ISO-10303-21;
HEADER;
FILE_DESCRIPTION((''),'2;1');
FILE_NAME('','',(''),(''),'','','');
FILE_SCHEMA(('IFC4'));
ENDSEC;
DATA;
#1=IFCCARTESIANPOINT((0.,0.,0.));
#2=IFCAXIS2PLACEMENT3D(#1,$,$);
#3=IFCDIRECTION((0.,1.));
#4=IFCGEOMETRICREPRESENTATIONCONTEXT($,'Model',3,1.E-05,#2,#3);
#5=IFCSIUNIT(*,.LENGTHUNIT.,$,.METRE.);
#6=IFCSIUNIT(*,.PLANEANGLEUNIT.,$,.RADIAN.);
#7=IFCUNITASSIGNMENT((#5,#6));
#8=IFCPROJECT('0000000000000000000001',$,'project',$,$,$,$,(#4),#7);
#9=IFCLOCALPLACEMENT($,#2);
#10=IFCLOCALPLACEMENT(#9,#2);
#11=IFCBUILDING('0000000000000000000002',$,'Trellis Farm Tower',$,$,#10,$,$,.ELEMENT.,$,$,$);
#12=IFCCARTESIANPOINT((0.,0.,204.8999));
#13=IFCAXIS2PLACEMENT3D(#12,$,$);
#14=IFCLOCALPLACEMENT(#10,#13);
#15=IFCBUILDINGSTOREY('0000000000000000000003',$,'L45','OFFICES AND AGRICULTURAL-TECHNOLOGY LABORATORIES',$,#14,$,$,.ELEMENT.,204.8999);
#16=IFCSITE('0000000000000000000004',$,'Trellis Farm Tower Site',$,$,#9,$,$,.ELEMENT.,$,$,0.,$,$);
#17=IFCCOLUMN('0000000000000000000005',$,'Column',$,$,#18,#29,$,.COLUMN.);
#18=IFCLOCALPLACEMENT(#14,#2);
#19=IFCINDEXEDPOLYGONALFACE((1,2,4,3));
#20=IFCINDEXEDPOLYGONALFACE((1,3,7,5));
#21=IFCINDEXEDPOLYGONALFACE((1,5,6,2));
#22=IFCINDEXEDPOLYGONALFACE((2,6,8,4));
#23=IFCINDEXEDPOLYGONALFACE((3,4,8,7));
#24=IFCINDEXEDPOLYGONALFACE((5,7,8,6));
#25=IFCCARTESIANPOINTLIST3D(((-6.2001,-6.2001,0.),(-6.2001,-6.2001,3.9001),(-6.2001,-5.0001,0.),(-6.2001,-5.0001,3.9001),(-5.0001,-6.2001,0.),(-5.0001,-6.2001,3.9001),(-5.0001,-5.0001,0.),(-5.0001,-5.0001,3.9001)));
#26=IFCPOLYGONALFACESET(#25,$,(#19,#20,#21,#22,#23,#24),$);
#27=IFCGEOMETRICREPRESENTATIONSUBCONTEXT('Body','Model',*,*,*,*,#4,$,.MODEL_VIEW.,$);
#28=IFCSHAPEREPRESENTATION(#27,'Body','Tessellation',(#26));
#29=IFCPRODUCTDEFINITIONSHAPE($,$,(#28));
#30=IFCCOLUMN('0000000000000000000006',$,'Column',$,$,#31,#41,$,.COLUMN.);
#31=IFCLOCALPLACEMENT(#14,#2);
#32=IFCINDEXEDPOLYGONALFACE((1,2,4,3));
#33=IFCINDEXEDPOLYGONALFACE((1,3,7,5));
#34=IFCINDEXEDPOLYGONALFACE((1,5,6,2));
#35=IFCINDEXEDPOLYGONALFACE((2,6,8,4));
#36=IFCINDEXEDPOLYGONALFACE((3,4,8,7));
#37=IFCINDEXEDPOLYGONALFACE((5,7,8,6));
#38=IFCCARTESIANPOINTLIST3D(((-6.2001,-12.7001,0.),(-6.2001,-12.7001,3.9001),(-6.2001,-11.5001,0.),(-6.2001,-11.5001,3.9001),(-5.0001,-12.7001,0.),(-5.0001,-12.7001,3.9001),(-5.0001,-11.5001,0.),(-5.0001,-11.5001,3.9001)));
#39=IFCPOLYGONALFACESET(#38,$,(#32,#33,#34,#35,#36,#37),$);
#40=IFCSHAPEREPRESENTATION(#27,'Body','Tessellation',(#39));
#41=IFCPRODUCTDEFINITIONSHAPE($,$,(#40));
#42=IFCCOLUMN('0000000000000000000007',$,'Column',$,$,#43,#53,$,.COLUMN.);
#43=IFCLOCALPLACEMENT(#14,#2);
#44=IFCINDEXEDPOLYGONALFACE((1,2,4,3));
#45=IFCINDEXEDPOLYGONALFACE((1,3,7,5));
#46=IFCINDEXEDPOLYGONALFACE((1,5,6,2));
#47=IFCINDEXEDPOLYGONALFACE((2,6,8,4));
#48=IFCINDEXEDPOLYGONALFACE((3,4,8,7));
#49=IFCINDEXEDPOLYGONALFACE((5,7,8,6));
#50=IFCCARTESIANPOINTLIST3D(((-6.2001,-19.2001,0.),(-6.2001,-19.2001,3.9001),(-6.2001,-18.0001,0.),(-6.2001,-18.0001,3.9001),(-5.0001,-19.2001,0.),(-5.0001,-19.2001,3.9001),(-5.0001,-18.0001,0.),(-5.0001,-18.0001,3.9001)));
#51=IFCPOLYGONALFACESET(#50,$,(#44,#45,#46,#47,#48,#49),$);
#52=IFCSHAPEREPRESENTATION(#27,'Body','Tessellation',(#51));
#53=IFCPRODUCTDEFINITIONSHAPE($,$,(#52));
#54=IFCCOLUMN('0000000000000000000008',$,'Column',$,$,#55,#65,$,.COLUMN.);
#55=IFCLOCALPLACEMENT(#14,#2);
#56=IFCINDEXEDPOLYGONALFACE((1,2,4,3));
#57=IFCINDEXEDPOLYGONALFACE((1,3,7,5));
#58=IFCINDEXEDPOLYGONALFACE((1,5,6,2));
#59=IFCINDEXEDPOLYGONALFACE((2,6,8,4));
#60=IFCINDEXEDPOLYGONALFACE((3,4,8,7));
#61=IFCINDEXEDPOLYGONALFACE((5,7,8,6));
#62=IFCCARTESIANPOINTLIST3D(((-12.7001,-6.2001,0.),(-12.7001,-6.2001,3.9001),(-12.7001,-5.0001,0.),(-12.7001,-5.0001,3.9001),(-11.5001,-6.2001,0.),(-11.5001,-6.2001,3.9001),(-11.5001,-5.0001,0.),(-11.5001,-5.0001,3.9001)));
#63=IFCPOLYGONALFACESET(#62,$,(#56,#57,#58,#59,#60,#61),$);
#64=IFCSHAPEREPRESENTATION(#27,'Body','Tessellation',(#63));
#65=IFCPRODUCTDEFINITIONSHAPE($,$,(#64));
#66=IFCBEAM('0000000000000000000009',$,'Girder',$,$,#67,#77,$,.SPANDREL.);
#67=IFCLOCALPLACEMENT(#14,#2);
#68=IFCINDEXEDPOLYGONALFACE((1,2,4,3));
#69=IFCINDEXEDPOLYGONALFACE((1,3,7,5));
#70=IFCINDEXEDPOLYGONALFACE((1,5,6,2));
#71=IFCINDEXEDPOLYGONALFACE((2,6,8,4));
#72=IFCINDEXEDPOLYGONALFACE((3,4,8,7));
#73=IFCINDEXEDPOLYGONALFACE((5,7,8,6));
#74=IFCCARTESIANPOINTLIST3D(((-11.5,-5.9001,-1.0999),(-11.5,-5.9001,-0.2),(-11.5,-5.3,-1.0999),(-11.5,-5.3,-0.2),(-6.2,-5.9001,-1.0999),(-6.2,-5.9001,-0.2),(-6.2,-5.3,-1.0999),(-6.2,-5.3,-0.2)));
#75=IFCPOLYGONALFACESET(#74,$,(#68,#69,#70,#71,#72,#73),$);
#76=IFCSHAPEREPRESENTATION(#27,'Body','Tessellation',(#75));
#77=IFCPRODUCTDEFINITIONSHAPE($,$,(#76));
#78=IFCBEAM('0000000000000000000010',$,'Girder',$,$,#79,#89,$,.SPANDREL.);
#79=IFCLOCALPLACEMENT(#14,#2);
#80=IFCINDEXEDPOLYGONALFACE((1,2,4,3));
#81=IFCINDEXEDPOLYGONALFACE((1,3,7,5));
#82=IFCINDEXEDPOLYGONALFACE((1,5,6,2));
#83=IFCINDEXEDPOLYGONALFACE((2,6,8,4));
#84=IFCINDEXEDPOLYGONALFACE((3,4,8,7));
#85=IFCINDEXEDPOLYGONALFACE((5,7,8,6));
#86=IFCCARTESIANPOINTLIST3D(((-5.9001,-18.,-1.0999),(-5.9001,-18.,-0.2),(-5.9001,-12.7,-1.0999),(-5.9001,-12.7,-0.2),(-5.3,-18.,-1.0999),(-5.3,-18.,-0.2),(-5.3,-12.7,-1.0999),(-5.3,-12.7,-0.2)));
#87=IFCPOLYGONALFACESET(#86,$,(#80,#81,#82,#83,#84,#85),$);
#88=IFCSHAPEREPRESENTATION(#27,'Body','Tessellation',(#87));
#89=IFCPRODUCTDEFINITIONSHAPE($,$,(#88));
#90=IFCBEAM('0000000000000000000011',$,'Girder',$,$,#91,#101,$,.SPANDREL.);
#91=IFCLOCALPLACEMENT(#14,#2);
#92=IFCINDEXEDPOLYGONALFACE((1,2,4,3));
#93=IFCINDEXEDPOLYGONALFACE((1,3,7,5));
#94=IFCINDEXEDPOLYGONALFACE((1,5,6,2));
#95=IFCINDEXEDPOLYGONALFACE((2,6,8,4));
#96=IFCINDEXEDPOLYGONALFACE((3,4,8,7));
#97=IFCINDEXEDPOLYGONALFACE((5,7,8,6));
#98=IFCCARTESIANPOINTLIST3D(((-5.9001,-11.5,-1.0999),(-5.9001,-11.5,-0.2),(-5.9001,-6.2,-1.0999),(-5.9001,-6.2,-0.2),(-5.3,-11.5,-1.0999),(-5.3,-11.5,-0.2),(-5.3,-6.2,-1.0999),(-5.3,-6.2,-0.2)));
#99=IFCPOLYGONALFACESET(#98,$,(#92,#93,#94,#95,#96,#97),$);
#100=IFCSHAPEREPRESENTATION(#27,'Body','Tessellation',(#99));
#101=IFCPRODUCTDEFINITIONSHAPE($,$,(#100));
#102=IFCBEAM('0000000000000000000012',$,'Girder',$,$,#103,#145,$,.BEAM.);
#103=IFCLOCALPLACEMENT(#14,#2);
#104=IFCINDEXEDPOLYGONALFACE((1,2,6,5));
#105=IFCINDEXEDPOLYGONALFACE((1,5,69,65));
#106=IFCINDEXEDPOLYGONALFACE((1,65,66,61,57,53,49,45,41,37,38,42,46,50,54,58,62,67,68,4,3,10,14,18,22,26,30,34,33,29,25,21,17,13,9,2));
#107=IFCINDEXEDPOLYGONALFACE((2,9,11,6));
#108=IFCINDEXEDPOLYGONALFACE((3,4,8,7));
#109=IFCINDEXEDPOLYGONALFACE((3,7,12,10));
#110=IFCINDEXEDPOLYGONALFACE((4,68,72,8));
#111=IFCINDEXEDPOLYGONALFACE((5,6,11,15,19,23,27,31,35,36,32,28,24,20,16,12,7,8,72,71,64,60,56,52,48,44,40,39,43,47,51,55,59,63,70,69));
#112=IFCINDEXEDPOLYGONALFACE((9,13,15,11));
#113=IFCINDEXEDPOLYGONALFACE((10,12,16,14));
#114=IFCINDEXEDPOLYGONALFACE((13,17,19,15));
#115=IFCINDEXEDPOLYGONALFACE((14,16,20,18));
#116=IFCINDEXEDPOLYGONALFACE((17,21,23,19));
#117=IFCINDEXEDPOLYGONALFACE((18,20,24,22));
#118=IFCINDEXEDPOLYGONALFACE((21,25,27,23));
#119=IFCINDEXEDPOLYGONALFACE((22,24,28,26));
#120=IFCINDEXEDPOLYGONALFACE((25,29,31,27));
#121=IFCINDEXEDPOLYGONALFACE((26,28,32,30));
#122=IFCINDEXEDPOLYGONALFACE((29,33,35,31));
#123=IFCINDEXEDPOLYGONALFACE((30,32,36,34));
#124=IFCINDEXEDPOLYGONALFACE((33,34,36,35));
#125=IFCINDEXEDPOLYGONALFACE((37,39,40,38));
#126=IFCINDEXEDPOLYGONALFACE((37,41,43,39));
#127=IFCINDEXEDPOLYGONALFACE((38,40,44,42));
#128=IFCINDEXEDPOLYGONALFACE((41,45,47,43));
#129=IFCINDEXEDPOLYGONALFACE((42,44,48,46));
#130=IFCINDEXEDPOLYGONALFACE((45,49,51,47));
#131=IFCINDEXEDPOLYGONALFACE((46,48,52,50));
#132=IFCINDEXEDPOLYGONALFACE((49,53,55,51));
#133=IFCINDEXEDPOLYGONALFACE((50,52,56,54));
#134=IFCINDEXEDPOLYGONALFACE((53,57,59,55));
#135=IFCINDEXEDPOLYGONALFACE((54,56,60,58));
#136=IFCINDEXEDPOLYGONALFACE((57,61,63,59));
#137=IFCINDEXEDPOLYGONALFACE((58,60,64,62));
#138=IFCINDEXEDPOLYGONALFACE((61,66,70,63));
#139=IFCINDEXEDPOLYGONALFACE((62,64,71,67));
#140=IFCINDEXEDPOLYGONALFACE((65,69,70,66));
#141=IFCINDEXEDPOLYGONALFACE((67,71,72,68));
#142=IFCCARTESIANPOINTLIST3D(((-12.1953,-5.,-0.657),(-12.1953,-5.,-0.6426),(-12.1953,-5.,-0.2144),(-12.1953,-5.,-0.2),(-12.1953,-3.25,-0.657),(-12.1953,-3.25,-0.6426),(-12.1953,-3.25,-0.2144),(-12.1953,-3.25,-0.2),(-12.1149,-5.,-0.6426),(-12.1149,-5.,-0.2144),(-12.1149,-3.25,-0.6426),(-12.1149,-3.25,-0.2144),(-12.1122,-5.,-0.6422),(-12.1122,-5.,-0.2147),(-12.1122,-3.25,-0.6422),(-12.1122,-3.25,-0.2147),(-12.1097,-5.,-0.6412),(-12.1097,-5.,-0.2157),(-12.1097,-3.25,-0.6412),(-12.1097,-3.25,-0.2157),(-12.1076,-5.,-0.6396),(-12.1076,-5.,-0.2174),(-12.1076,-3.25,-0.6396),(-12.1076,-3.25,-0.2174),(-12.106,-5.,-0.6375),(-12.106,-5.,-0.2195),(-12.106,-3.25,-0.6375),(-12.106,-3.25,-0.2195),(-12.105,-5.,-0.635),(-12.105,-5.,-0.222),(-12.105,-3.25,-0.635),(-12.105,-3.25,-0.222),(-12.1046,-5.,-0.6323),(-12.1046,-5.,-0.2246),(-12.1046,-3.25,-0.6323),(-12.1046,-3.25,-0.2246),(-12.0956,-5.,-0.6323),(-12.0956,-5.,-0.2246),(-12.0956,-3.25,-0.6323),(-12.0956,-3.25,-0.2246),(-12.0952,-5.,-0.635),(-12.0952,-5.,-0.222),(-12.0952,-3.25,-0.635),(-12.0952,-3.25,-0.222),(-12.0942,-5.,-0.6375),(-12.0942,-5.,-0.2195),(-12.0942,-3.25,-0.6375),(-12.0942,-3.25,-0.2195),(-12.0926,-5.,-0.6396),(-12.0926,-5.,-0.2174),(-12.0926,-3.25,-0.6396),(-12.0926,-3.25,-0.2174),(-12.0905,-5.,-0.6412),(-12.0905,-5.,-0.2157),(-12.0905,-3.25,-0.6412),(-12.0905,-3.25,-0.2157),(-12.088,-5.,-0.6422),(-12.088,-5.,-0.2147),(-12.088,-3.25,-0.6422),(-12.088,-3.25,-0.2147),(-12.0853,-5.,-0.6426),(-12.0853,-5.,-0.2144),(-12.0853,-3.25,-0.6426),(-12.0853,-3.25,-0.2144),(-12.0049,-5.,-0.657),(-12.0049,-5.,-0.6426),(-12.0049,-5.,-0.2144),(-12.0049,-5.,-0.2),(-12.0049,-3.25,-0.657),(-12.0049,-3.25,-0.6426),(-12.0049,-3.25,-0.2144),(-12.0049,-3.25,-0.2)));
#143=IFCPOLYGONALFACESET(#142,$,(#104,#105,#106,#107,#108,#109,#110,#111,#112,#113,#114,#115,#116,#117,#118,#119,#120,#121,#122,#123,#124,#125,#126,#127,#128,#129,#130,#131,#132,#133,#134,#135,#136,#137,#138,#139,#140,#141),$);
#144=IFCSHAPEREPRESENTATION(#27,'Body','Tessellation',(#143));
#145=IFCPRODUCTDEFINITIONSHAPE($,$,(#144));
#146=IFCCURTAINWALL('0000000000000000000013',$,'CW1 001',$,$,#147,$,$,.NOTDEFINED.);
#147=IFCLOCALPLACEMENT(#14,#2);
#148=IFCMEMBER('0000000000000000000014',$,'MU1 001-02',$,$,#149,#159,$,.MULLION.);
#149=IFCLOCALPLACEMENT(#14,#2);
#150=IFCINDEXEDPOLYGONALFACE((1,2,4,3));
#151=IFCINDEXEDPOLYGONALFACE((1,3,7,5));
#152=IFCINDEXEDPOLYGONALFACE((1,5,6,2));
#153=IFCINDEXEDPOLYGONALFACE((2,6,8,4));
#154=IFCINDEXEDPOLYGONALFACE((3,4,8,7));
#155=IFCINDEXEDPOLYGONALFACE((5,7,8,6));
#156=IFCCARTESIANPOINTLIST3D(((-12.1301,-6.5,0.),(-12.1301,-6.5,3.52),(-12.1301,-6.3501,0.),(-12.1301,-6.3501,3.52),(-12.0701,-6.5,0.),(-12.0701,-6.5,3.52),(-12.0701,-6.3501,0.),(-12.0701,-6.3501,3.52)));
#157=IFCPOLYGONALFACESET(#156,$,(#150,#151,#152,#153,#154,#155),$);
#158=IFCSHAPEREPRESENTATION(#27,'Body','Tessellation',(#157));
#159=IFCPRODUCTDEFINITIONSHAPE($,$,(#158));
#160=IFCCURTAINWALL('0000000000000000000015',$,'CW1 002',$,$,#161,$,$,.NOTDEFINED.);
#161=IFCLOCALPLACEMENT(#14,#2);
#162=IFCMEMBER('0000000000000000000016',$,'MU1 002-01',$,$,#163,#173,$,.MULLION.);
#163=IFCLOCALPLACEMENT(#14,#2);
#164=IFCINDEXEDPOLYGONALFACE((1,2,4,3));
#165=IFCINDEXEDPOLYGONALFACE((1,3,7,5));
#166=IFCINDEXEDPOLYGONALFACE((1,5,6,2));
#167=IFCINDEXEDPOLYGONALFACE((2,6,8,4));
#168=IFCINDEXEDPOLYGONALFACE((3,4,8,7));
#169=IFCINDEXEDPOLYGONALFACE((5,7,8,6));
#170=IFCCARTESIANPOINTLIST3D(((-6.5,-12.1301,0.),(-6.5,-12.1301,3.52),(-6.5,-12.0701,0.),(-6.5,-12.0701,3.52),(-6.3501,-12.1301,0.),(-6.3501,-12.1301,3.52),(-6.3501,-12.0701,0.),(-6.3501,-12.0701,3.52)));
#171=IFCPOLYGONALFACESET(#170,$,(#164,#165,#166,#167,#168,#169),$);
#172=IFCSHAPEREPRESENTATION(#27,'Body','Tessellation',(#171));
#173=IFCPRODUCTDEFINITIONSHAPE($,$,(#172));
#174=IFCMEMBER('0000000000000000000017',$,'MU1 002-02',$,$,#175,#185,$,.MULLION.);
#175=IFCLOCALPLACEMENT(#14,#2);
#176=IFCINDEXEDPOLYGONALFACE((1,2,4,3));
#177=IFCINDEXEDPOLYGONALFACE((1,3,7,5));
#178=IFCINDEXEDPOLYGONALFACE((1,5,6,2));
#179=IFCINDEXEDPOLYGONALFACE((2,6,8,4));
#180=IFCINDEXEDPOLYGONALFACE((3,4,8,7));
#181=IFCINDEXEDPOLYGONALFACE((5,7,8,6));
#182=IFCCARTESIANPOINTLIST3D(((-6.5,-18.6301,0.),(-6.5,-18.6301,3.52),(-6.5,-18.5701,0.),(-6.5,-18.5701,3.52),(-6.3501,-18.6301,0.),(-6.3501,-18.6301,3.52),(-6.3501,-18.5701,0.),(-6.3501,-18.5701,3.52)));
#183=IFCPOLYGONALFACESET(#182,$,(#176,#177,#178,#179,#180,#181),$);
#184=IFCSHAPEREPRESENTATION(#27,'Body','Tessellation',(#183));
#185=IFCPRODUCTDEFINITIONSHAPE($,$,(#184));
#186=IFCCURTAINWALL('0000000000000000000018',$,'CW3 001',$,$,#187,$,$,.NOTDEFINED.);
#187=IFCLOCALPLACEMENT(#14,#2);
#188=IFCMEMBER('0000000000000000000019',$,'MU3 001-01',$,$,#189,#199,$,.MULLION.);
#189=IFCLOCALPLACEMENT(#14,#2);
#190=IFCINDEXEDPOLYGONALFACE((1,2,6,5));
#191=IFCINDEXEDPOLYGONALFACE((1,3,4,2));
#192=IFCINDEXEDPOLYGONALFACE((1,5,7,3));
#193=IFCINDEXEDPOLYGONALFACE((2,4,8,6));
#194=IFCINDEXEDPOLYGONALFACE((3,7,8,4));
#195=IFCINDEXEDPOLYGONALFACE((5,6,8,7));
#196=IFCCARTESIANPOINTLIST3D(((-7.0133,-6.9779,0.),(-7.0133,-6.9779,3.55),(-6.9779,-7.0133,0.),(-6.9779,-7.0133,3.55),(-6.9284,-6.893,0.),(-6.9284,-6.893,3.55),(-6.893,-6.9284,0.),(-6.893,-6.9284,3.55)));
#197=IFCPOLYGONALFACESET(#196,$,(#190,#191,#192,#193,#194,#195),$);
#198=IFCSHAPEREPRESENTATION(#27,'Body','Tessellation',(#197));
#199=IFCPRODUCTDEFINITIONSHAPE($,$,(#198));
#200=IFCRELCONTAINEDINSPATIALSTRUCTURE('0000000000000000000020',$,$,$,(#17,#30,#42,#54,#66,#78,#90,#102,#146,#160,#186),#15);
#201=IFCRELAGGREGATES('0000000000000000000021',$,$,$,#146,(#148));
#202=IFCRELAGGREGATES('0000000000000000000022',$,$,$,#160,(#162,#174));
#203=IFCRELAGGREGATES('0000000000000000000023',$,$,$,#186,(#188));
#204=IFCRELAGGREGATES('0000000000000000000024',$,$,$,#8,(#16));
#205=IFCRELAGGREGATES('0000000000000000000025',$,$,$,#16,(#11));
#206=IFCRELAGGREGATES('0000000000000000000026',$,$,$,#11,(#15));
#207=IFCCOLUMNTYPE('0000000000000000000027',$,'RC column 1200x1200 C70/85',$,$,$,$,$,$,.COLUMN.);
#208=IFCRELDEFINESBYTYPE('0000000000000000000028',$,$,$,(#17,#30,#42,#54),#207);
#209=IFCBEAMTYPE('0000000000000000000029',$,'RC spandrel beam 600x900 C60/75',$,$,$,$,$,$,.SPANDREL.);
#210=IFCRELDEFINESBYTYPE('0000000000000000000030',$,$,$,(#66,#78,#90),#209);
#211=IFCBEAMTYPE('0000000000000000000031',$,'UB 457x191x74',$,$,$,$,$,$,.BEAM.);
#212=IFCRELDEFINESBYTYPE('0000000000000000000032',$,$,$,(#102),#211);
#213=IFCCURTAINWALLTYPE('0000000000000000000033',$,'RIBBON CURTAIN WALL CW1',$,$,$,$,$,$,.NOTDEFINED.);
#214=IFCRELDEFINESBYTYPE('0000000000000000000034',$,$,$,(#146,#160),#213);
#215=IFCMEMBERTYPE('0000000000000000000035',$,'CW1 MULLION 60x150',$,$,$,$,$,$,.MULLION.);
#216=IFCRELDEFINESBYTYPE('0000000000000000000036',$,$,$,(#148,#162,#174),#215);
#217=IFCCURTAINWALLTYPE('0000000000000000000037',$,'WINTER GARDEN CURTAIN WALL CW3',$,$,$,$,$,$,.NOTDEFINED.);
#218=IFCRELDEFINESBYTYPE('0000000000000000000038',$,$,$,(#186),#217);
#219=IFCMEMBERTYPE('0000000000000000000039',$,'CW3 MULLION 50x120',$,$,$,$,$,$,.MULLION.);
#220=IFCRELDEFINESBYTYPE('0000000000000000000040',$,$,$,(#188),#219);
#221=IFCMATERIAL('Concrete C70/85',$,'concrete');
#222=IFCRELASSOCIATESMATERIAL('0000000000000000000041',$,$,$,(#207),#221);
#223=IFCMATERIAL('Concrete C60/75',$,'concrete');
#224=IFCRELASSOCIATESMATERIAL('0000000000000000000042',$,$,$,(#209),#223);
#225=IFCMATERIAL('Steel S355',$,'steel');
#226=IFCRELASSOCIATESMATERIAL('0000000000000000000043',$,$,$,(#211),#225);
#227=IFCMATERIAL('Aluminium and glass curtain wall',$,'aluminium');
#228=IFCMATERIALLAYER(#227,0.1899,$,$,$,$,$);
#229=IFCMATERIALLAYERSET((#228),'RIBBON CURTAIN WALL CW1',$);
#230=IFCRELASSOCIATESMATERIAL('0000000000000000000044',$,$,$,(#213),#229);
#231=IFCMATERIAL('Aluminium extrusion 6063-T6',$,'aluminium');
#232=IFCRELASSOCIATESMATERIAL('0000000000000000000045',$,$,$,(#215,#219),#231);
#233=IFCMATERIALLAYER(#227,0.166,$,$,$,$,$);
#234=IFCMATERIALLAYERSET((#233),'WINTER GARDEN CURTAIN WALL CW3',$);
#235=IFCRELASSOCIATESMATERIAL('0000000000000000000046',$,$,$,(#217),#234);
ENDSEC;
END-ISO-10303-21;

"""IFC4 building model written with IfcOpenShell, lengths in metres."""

from ifc_helpers import new_model, si_unit, direction, frame, origin, origin_2d, place, context, subcontext, project, spatial, rectangle, i_section, extrude, source, transform, mapped, material, layer, layer_set, material_profile, profile_set, type_object, element, aggregate, save


model = new_model("IFC4")

# Units and contexts
model_context = context("Model", 3, precision=1e-05, world=origin(), true_north=direction((0.0, 1.0)))
body_context = subcontext(model_context, "Body", "Model", "MODEL_VIEW")
ifc_project = project(units=[si_unit("LENGTHUNIT", "METRE"), si_unit("PLANEANGLEUNIT", "RADIAN")], contexts=[model_context])

# Site, building, storey
site_placement = place(None, origin())
site = spatial("IfcSite", under=ifc_project, at=site_placement, Name="Trellis Farm Tower Site", CompositionType="ELEMENT", RefElevation=0.0)
building_placement = place(site_placement, origin())
building = spatial("IfcBuilding", under=site, at=building_placement, Name="Trellis Farm Tower", CompositionType="ELEMENT")
storey_placement = place(building_placement, frame((0.0, 0.0, 204.8999)))
storey = spatial("IfcBuildingStorey", under=building, at=storey_placement, Name="L45", Description="OFFICES AND AGRICULTURAL-TECHNOLOGY LABORATORIES", CompositionType="ELEMENT", Elevation=204.8999)

# Columns
ifc_material_1 = material(Name="Concrete C70/85", Category="concrete")
ifc_material_profile_1 = material_profile(ifc_material_1, rectangle(XDim=1.2, YDim=1.2, at=origin_2d()), Name="RC column 1200x1200 C70/85")
ifc_profile_set_1 = profile_set([ifc_material_profile_1], Name="Concrete C70/85")
column_type = type_object("IfcColumnType", Name="RC column 1200x1200 C70/85", PredefinedType="COLUMN", material=ifc_profile_set_1)
shared_shape_1 = source(origin(), body_context, "Body", "SweptSolid", [
    extrude(rectangle(XDim=1.2, YDim=1.2, at=origin_2d()), origin(), (0.0, 0.0, 1.0), 3.9001),
])
for number, where, z_axis, x_axis, name in (
    (1, (-5.6001, -5.6001, 0.0), (0.0, 0.0, 1.0), (1.0, 0.0, 0.0), "Column"),
    (2, (-5.6001, -12.1001, 0.0), (0.0, 0.0, 1.0), (1.0, 0.0, 0.0), "Column"),
    (3, (-5.6001, -18.6001, 0.0), (0.0, 0.0, 1.0), (1.0, 0.0, 0.0), "Column"),
    (4, (-12.1001, -5.6001, 0.0), (0.0, 0.0, 1.0), (1.0, 0.0, 0.0), "Column"),
):
    element("IfcColumn", number, at=place(storey_placement, frame(where, z_axis=z_axis, x_axis=x_axis)), inside=storey, type_object=column_type, Name=name, PredefinedType="COLUMN", context=body_context, shape_type="MappedRepresentation", body=[
        mapped(shared_shape_1, transform((0.0, 0.0, 0.0))),
    ])

# Beams
ifc_material_2 = material(Name="Concrete C60/75", Category="concrete")
ifc_material_profile_2 = material_profile(ifc_material_2, rectangle(XDim=0.6001, YDim=0.8999, at=origin_2d()), Name="RC spandrel beam 600x900 C60/75")
ifc_profile_set_2 = profile_set([ifc_material_profile_2], Name="Concrete C60/75")
beam_type_1 = type_object("IfcBeamType", Name="RC spandrel beam 600x900 C60/75", PredefinedType="SPANDREL", material=ifc_profile_set_2)
shared_shape_2 = source(origin(), body_context, "Body", "SweptSolid", [
    extrude(rectangle(XDim=0.6001, YDim=0.8999, at=origin_2d()), origin(), (0.0, 0.0, 1.0), 5.3),
])
for number, where, z_axis, x_axis, name in (
    (5, (-11.5, -5.6001, -0.6499), (1.0, 0.0, 0.0), (0.0, 1.0, 0.0), "Girder"),
    (6, (-5.6001, -18.0, -0.6499), (0.0, 1.0, 0.0), (-1.0, 0.0, 0.0), "Girder"),
    (7, (-5.6001, -11.5, -0.6499), (0.0, 1.0, 0.0), (-1.0, 0.0, 0.0), "Girder"),
):
    element("IfcBeam", number, at=place(storey_placement, frame(where, z_axis=z_axis, x_axis=x_axis)), inside=storey, type_object=beam_type_1, Name=name, PredefinedType="SPANDREL", context=body_context, shape_type="MappedRepresentation", body=[
        mapped(shared_shape_2, transform((0.0, 0.0, 0.0))),
    ])
ifc_material_3 = material(Name="Steel S355", Category="steel")
ifc_material_profile_3 = material_profile(ifc_material_3, i_section(OverallWidth=0.1904, OverallDepth=0.457, WebThickness=0.009, FlangeThickness=0.0144, FilletRadius=0.0103, at=origin_2d()), Name="UB 457x191x74")
ifc_profile_set_3 = profile_set([ifc_material_profile_3], Name="Steel S355")
beam_type_2 = type_object("IfcBeamType", Name="UB 457x191x74", PredefinedType="BEAM", material=ifc_profile_set_3)
shared_shape_3 = source(origin(), body_context, "Body", "SweptSolid", [
    extrude(i_section(OverallWidth=0.1904, OverallDepth=0.457, WebThickness=0.009, FlangeThickness=0.0144, FilletRadius=0.0103, at=origin_2d()), origin(), (0.0, 0.0, 1.0), 1.75),
])
beam_placement = place(storey_placement, frame((-12.1001, -5.0, -0.4285), z_axis=(0.0, 1.0, 0.0), x_axis=(-1.0, 0.0, 0.0)))
element("IfcBeam", 8, at=beam_placement, inside=storey, type_object=beam_type_2, Name="Girder", PredefinedType="BEAM", context=body_context, shape_type="MappedRepresentation", body=[
    mapped(shared_shape_3, transform((0.0, 0.0, 0.0))),
])

# Curtain wall, member
ifc_material_4 = material(Name="Aluminium and glass curtain wall", Category="aluminium")
ifc_layer_1 = layer(ifc_material_4, 0.1899)
ifc_layer_set_1 = layer_set([ifc_layer_1], Name="RIBBON CURTAIN WALL CW1")
curtain_wall_type_1 = type_object("IfcCurtainWallType", Name="RIBBON CURTAIN WALL CW1", PredefinedType="NOTDEFINED", material=ifc_layer_set_1)
placement = place(storey_placement, origin())
curtain_wall_1 = element("IfcCurtainWall", 9, at=placement, inside=storey, type_object=curtain_wall_type_1, Name="CW1 001", PredefinedType="NOTDEFINED")
ifc_material_5 = material(Name="Aluminium extrusion 6063-T6", Category="aluminium")
ifc_material_profile_4 = material_profile(ifc_material_5, rectangle(XDim=0.0601, YDim=0.1499, at=origin_2d()), Name="MULLION 60x150")
ifc_profile_set_4 = profile_set([ifc_material_profile_4], Name="Aluminium extrusion 6063-T6")
member_type_1 = type_object("IfcMemberType", Name="CW1 MULLION 60x150", PredefinedType="MULLION", material=ifc_profile_set_4)
shared_shape_4 = source(origin(), body_context, "Body", "SweptSolid", [
    extrude(rectangle(XDim=0.0601, YDim=0.1499, at=origin_2d()), origin(), (0.0, 0.0, 1.0), 3.52),
])
member_1_placement = place(storey_placement, frame((-12.1001, -6.425, 0.0), z_axis=(0.0, 0.0, 1.0), x_axis=(1.0, 0.0, 0.0)))
member_1 = element("IfcMember", 10, at=member_1_placement, type_object=member_type_1, Name="MU1 001-02", PredefinedType="MULLION", context=body_context, shape_type="MappedRepresentation", body=[
    mapped(shared_shape_4, transform((0.0, 0.0, 0.0))),
])
aggregate(curtain_wall_1, [member_1])

# Curtain wall, members
curtain_wall_2 = element("IfcCurtainWall", 11, at=placement, inside=storey, type_object=curtain_wall_type_1, Name="CW1 002", PredefinedType="NOTDEFINED")
member_2_placement = place(storey_placement, frame((-6.425, -12.1001, 0.0), z_axis=(0.0, 0.0, 1.0), x_axis=(0.0, -1.0, 0.0)))
member_2 = element("IfcMember", 12, at=member_2_placement, type_object=member_type_1, Name="MU1 002-01", PredefinedType="MULLION", context=body_context, shape_type="MappedRepresentation", body=[
    mapped(shared_shape_4, transform((0.0, 0.0, 0.0))),
])
member_3_placement = place(storey_placement, frame((-6.425, -18.6001, 0.0), z_axis=(0.0, 0.0, 1.0), x_axis=(0.0, -1.0, 0.0)))
member_3 = element("IfcMember", 13, at=member_3_placement, type_object=member_type_1, Name="MU1 002-02", PredefinedType="MULLION", context=body_context, shape_type="MappedRepresentation", body=[
    mapped(shared_shape_4, transform((0.0, 0.0, 0.0))),
])
aggregate(curtain_wall_2, [member_2, member_3])

# Curtain wall, member
ifc_layer_2 = layer(ifc_material_4, 0.166)
ifc_layer_set_2 = layer_set([ifc_layer_2], Name="WINTER GARDEN CURTAIN WALL CW3")
curtain_wall_type_2 = type_object("IfcCurtainWallType", Name="WINTER GARDEN CURTAIN WALL CW3", PredefinedType="NOTDEFINED", material=ifc_layer_set_2)
curtain_wall_3 = element("IfcCurtainWall", 14, at=placement, inside=storey, type_object=curtain_wall_type_2, Name="CW3 001", PredefinedType="NOTDEFINED")
ifc_material_profile_5 = material_profile(ifc_material_5, rectangle(XDim=0.05, YDim=0.1201, at=origin_2d()), Name="MULLION 50x120")
ifc_profile_set_5 = profile_set([ifc_material_profile_5], Name="Aluminium extrusion 6063-T6")
member_type_2 = type_object("IfcMemberType", Name="CW3 MULLION 50x120", PredefinedType="MULLION", material=ifc_profile_set_5)
shared_shape_5 = source(origin(), body_context, "Body", "SweptSolid", [
    extrude(rectangle(XDim=0.05, YDim=0.1201, at=origin_2d()), origin(), (0.0, 0.0, 1.0), 3.55),
])
member_4_placement = place(storey_placement, frame((-6.9531, -6.9531, 0.0), z_axis=(0.0, 0.0, 1.0), x_axis=(0.707107, -0.707107, 0.0)))
member_4 = element("IfcMember", 15, at=member_4_placement, type_object=member_type_2, Name="MU3 001-01", PredefinedType="MULLION", context=body_context, shape_type="MappedRepresentation", body=[
    mapped(shared_shape_5, transform((0.0, 0.0, 0.0))),
])
aggregate(curtain_wall_3, [member_4])

save(model, "model.ifc")
